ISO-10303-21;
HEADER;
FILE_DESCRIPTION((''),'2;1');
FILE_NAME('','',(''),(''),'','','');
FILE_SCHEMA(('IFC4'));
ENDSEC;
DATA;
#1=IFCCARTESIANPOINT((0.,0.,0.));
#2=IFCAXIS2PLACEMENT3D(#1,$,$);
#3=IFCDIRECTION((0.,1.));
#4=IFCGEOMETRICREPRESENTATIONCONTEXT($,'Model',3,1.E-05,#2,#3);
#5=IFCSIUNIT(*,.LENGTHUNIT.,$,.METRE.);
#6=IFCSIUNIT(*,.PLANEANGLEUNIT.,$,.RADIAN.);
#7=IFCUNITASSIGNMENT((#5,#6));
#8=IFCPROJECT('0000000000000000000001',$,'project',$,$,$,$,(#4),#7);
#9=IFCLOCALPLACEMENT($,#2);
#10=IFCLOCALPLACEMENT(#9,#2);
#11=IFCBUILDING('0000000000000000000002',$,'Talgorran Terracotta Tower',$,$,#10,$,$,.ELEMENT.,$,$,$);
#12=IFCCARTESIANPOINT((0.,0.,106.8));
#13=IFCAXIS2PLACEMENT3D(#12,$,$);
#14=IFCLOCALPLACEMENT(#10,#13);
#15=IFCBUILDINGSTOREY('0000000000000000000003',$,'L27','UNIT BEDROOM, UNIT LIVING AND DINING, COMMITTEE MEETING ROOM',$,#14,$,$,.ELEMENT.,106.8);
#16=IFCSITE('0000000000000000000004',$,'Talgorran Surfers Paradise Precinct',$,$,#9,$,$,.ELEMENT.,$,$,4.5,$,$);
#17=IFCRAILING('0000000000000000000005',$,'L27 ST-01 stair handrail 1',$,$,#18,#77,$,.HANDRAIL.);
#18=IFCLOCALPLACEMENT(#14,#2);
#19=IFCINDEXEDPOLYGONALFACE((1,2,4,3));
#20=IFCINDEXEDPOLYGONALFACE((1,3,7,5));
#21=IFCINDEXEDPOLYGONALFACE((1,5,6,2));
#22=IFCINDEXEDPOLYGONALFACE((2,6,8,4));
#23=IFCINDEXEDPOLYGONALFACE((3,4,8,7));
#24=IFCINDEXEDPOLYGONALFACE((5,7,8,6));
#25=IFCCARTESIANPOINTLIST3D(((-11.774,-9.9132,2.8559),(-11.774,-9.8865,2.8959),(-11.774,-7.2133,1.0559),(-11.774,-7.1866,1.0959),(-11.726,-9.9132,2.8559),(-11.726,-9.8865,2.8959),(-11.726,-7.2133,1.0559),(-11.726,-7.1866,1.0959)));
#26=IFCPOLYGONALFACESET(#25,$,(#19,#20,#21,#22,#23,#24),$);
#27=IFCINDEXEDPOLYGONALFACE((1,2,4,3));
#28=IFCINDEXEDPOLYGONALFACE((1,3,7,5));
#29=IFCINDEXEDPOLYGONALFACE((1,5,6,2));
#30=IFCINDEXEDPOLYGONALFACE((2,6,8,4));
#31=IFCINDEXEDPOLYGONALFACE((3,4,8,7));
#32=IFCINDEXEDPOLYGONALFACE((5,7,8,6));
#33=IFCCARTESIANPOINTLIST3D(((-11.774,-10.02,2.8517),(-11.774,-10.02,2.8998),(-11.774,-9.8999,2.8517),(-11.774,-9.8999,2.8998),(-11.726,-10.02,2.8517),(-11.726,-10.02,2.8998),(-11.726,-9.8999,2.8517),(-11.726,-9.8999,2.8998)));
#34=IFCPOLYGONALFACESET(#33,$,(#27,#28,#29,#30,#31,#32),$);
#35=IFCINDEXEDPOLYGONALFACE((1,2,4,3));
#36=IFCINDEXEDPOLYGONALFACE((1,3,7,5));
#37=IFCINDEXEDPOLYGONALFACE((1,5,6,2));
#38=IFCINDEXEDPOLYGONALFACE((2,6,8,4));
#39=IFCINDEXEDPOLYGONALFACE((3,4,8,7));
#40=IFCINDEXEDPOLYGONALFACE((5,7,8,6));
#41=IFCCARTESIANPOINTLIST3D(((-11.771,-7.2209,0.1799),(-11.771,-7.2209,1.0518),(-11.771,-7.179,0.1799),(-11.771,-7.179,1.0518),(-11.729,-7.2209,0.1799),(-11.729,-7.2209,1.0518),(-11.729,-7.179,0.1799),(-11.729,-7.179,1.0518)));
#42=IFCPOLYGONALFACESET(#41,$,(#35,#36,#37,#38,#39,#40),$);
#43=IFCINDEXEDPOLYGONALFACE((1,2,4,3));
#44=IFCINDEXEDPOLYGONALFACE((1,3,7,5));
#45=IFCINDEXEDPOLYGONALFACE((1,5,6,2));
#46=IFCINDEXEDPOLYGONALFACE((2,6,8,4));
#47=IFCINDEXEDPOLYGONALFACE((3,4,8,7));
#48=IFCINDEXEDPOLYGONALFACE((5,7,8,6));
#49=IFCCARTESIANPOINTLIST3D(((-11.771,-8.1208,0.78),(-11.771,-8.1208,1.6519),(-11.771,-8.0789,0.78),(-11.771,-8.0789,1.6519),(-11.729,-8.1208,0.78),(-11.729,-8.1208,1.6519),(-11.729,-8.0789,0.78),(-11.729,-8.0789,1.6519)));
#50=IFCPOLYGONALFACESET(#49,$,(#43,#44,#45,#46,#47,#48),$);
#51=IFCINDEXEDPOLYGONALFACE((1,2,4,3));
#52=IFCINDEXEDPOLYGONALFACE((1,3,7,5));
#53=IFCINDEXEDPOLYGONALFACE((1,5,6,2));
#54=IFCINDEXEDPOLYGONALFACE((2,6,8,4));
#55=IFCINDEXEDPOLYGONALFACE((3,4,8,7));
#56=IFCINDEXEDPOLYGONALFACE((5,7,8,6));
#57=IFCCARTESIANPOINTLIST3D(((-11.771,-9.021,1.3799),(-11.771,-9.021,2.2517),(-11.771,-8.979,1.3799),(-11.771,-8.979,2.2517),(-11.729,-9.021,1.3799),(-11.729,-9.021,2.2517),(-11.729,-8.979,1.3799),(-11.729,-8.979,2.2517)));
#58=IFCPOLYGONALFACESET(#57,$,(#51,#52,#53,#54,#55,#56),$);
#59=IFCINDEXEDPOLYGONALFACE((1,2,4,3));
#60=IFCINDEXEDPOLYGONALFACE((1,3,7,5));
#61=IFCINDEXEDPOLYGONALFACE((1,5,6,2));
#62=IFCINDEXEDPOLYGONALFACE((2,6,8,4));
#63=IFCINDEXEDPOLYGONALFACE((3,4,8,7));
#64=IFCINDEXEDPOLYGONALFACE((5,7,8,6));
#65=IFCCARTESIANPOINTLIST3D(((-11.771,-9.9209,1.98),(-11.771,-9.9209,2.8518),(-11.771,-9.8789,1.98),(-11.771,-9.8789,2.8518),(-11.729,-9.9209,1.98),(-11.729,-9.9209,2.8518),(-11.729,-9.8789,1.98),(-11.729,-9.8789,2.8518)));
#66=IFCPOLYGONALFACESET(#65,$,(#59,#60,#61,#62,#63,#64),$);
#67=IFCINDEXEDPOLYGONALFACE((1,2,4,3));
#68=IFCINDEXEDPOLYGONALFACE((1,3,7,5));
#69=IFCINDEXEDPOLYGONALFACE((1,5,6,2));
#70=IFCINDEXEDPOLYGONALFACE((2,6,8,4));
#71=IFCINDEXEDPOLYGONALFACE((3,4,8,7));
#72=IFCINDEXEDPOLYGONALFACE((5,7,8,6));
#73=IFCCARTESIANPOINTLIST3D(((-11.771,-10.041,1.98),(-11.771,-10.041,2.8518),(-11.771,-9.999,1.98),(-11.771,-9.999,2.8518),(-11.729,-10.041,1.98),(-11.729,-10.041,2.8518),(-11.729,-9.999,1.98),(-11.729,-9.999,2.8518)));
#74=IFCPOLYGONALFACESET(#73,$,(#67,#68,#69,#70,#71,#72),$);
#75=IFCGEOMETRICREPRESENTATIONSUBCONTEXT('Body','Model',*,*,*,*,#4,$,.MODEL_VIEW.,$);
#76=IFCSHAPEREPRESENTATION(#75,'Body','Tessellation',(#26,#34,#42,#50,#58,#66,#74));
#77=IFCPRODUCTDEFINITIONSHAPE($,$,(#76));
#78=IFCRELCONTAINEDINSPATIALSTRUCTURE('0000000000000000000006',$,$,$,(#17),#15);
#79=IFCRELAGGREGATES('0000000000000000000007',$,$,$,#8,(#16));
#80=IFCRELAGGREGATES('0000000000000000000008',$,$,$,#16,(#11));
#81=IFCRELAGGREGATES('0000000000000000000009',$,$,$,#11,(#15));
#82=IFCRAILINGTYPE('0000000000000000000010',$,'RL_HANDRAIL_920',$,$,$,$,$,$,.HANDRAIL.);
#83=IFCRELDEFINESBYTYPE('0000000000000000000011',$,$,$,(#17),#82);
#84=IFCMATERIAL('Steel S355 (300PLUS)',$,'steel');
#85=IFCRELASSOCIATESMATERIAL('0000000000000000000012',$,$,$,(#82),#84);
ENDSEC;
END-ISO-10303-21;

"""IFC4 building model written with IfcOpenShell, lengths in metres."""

from ifc_helpers import new_model, si_unit, direction, frame, origin, origin_2d, place, context, subcontext, project, spatial, rectangle, extrude, material, type_object, element, save


model = new_model("IFC4")

# Units and contexts
model_context = context("Model", 3, precision=1e-05, world=origin(), true_north=direction((0.0, 1.0)))
body_context = subcontext(model_context, "Body", "Model", "MODEL_VIEW")
ifc_project = project(units=[si_unit("LENGTHUNIT", "METRE"), si_unit("PLANEANGLEUNIT", "RADIAN")], contexts=[model_context])

# Site, building, storey
site_placement = place(None, origin())
site = spatial("IfcSite", under=ifc_project, at=site_placement, Name="Talgorran Surfers Paradise Precinct", CompositionType="ELEMENT", RefElevation=4.5)
building_placement = place(site_placement, origin())
building = spatial("IfcBuilding", under=site, at=building_placement, Name="Talgorran Terracotta Tower", CompositionType="ELEMENT")
storey_placement = place(building_placement, frame((0.0, 0.0, 106.8)))
storey = spatial("IfcBuildingStorey", under=building, at=storey_placement, Name="L27", Description="UNIT BEDROOM, UNIT LIVING AND DINING, COMMITTEE MEETING ROOM", CompositionType="ELEMENT", Elevation=106.8)

# Shared definitions
ifc_material_1 = material(Name="Steel S355 (300PLUS)", Category="steel")

# Railing
railing_type = type_object("IfcRailingType", Name="RL_HANDRAIL_920", PredefinedType="HANDRAIL", material=ifc_material_1)
railing_placement = place(storey_placement, frame((-11.75, -7.2, 0.1799)))
element("IfcRailing", 1, at=railing_placement, inside=storey, type_object=railing_type, Name="L27 ST-01 stair handrail 1", PredefinedType="HANDRAIL", context=body_context, shape_type="SweptSolid", body=[
    extrude(rectangle(XDim=0.0481, YDim=0.0481, at=origin_2d()), frame((0.0, 0.0, 0.896), z_axis=(0.0, -0.832039, 0.554718), x_axis=(1.0, 0.0, 0.0)), (0.0, 0.0, 1.0), 3.2449),
    extrude(rectangle(XDim=0.0481, YDim=0.0481, at=origin_2d()), frame((0.0, -2.7, 2.6958), z_axis=(0.0, -1.0, 0.0), x_axis=(1.0, 0.0, 0.0)), (0.0, 0.0, 1.0), 0.1201),
    extrude(rectangle(XDim=0.042, YDim=0.042, at=origin_2d()), origin(), (0.0, 0.0, 1.0), 0.8718),
    extrude(rectangle(XDim=0.042, YDim=0.042, at=origin_2d()), frame((0.0, -0.8999, 0.6001)), (0.0, 0.0, 1.0), 0.8718),
    extrude(rectangle(XDim=0.042, YDim=0.042, at=origin_2d()), frame((0.0, -1.8, 1.2)), (0.0, 0.0, 1.0), 0.8718),
    extrude(rectangle(XDim=0.042, YDim=0.042, at=origin_2d()), frame((0.0, -2.7, 1.8)), (0.0, 0.0, 1.0), 0.8718),
    extrude(rectangle(XDim=0.042, YDim=0.042, at=origin_2d()), frame((0.0, -2.8201, 1.8)), (0.0, 0.0, 1.0), 0.8718),
])

save(model, "model.ifc")
